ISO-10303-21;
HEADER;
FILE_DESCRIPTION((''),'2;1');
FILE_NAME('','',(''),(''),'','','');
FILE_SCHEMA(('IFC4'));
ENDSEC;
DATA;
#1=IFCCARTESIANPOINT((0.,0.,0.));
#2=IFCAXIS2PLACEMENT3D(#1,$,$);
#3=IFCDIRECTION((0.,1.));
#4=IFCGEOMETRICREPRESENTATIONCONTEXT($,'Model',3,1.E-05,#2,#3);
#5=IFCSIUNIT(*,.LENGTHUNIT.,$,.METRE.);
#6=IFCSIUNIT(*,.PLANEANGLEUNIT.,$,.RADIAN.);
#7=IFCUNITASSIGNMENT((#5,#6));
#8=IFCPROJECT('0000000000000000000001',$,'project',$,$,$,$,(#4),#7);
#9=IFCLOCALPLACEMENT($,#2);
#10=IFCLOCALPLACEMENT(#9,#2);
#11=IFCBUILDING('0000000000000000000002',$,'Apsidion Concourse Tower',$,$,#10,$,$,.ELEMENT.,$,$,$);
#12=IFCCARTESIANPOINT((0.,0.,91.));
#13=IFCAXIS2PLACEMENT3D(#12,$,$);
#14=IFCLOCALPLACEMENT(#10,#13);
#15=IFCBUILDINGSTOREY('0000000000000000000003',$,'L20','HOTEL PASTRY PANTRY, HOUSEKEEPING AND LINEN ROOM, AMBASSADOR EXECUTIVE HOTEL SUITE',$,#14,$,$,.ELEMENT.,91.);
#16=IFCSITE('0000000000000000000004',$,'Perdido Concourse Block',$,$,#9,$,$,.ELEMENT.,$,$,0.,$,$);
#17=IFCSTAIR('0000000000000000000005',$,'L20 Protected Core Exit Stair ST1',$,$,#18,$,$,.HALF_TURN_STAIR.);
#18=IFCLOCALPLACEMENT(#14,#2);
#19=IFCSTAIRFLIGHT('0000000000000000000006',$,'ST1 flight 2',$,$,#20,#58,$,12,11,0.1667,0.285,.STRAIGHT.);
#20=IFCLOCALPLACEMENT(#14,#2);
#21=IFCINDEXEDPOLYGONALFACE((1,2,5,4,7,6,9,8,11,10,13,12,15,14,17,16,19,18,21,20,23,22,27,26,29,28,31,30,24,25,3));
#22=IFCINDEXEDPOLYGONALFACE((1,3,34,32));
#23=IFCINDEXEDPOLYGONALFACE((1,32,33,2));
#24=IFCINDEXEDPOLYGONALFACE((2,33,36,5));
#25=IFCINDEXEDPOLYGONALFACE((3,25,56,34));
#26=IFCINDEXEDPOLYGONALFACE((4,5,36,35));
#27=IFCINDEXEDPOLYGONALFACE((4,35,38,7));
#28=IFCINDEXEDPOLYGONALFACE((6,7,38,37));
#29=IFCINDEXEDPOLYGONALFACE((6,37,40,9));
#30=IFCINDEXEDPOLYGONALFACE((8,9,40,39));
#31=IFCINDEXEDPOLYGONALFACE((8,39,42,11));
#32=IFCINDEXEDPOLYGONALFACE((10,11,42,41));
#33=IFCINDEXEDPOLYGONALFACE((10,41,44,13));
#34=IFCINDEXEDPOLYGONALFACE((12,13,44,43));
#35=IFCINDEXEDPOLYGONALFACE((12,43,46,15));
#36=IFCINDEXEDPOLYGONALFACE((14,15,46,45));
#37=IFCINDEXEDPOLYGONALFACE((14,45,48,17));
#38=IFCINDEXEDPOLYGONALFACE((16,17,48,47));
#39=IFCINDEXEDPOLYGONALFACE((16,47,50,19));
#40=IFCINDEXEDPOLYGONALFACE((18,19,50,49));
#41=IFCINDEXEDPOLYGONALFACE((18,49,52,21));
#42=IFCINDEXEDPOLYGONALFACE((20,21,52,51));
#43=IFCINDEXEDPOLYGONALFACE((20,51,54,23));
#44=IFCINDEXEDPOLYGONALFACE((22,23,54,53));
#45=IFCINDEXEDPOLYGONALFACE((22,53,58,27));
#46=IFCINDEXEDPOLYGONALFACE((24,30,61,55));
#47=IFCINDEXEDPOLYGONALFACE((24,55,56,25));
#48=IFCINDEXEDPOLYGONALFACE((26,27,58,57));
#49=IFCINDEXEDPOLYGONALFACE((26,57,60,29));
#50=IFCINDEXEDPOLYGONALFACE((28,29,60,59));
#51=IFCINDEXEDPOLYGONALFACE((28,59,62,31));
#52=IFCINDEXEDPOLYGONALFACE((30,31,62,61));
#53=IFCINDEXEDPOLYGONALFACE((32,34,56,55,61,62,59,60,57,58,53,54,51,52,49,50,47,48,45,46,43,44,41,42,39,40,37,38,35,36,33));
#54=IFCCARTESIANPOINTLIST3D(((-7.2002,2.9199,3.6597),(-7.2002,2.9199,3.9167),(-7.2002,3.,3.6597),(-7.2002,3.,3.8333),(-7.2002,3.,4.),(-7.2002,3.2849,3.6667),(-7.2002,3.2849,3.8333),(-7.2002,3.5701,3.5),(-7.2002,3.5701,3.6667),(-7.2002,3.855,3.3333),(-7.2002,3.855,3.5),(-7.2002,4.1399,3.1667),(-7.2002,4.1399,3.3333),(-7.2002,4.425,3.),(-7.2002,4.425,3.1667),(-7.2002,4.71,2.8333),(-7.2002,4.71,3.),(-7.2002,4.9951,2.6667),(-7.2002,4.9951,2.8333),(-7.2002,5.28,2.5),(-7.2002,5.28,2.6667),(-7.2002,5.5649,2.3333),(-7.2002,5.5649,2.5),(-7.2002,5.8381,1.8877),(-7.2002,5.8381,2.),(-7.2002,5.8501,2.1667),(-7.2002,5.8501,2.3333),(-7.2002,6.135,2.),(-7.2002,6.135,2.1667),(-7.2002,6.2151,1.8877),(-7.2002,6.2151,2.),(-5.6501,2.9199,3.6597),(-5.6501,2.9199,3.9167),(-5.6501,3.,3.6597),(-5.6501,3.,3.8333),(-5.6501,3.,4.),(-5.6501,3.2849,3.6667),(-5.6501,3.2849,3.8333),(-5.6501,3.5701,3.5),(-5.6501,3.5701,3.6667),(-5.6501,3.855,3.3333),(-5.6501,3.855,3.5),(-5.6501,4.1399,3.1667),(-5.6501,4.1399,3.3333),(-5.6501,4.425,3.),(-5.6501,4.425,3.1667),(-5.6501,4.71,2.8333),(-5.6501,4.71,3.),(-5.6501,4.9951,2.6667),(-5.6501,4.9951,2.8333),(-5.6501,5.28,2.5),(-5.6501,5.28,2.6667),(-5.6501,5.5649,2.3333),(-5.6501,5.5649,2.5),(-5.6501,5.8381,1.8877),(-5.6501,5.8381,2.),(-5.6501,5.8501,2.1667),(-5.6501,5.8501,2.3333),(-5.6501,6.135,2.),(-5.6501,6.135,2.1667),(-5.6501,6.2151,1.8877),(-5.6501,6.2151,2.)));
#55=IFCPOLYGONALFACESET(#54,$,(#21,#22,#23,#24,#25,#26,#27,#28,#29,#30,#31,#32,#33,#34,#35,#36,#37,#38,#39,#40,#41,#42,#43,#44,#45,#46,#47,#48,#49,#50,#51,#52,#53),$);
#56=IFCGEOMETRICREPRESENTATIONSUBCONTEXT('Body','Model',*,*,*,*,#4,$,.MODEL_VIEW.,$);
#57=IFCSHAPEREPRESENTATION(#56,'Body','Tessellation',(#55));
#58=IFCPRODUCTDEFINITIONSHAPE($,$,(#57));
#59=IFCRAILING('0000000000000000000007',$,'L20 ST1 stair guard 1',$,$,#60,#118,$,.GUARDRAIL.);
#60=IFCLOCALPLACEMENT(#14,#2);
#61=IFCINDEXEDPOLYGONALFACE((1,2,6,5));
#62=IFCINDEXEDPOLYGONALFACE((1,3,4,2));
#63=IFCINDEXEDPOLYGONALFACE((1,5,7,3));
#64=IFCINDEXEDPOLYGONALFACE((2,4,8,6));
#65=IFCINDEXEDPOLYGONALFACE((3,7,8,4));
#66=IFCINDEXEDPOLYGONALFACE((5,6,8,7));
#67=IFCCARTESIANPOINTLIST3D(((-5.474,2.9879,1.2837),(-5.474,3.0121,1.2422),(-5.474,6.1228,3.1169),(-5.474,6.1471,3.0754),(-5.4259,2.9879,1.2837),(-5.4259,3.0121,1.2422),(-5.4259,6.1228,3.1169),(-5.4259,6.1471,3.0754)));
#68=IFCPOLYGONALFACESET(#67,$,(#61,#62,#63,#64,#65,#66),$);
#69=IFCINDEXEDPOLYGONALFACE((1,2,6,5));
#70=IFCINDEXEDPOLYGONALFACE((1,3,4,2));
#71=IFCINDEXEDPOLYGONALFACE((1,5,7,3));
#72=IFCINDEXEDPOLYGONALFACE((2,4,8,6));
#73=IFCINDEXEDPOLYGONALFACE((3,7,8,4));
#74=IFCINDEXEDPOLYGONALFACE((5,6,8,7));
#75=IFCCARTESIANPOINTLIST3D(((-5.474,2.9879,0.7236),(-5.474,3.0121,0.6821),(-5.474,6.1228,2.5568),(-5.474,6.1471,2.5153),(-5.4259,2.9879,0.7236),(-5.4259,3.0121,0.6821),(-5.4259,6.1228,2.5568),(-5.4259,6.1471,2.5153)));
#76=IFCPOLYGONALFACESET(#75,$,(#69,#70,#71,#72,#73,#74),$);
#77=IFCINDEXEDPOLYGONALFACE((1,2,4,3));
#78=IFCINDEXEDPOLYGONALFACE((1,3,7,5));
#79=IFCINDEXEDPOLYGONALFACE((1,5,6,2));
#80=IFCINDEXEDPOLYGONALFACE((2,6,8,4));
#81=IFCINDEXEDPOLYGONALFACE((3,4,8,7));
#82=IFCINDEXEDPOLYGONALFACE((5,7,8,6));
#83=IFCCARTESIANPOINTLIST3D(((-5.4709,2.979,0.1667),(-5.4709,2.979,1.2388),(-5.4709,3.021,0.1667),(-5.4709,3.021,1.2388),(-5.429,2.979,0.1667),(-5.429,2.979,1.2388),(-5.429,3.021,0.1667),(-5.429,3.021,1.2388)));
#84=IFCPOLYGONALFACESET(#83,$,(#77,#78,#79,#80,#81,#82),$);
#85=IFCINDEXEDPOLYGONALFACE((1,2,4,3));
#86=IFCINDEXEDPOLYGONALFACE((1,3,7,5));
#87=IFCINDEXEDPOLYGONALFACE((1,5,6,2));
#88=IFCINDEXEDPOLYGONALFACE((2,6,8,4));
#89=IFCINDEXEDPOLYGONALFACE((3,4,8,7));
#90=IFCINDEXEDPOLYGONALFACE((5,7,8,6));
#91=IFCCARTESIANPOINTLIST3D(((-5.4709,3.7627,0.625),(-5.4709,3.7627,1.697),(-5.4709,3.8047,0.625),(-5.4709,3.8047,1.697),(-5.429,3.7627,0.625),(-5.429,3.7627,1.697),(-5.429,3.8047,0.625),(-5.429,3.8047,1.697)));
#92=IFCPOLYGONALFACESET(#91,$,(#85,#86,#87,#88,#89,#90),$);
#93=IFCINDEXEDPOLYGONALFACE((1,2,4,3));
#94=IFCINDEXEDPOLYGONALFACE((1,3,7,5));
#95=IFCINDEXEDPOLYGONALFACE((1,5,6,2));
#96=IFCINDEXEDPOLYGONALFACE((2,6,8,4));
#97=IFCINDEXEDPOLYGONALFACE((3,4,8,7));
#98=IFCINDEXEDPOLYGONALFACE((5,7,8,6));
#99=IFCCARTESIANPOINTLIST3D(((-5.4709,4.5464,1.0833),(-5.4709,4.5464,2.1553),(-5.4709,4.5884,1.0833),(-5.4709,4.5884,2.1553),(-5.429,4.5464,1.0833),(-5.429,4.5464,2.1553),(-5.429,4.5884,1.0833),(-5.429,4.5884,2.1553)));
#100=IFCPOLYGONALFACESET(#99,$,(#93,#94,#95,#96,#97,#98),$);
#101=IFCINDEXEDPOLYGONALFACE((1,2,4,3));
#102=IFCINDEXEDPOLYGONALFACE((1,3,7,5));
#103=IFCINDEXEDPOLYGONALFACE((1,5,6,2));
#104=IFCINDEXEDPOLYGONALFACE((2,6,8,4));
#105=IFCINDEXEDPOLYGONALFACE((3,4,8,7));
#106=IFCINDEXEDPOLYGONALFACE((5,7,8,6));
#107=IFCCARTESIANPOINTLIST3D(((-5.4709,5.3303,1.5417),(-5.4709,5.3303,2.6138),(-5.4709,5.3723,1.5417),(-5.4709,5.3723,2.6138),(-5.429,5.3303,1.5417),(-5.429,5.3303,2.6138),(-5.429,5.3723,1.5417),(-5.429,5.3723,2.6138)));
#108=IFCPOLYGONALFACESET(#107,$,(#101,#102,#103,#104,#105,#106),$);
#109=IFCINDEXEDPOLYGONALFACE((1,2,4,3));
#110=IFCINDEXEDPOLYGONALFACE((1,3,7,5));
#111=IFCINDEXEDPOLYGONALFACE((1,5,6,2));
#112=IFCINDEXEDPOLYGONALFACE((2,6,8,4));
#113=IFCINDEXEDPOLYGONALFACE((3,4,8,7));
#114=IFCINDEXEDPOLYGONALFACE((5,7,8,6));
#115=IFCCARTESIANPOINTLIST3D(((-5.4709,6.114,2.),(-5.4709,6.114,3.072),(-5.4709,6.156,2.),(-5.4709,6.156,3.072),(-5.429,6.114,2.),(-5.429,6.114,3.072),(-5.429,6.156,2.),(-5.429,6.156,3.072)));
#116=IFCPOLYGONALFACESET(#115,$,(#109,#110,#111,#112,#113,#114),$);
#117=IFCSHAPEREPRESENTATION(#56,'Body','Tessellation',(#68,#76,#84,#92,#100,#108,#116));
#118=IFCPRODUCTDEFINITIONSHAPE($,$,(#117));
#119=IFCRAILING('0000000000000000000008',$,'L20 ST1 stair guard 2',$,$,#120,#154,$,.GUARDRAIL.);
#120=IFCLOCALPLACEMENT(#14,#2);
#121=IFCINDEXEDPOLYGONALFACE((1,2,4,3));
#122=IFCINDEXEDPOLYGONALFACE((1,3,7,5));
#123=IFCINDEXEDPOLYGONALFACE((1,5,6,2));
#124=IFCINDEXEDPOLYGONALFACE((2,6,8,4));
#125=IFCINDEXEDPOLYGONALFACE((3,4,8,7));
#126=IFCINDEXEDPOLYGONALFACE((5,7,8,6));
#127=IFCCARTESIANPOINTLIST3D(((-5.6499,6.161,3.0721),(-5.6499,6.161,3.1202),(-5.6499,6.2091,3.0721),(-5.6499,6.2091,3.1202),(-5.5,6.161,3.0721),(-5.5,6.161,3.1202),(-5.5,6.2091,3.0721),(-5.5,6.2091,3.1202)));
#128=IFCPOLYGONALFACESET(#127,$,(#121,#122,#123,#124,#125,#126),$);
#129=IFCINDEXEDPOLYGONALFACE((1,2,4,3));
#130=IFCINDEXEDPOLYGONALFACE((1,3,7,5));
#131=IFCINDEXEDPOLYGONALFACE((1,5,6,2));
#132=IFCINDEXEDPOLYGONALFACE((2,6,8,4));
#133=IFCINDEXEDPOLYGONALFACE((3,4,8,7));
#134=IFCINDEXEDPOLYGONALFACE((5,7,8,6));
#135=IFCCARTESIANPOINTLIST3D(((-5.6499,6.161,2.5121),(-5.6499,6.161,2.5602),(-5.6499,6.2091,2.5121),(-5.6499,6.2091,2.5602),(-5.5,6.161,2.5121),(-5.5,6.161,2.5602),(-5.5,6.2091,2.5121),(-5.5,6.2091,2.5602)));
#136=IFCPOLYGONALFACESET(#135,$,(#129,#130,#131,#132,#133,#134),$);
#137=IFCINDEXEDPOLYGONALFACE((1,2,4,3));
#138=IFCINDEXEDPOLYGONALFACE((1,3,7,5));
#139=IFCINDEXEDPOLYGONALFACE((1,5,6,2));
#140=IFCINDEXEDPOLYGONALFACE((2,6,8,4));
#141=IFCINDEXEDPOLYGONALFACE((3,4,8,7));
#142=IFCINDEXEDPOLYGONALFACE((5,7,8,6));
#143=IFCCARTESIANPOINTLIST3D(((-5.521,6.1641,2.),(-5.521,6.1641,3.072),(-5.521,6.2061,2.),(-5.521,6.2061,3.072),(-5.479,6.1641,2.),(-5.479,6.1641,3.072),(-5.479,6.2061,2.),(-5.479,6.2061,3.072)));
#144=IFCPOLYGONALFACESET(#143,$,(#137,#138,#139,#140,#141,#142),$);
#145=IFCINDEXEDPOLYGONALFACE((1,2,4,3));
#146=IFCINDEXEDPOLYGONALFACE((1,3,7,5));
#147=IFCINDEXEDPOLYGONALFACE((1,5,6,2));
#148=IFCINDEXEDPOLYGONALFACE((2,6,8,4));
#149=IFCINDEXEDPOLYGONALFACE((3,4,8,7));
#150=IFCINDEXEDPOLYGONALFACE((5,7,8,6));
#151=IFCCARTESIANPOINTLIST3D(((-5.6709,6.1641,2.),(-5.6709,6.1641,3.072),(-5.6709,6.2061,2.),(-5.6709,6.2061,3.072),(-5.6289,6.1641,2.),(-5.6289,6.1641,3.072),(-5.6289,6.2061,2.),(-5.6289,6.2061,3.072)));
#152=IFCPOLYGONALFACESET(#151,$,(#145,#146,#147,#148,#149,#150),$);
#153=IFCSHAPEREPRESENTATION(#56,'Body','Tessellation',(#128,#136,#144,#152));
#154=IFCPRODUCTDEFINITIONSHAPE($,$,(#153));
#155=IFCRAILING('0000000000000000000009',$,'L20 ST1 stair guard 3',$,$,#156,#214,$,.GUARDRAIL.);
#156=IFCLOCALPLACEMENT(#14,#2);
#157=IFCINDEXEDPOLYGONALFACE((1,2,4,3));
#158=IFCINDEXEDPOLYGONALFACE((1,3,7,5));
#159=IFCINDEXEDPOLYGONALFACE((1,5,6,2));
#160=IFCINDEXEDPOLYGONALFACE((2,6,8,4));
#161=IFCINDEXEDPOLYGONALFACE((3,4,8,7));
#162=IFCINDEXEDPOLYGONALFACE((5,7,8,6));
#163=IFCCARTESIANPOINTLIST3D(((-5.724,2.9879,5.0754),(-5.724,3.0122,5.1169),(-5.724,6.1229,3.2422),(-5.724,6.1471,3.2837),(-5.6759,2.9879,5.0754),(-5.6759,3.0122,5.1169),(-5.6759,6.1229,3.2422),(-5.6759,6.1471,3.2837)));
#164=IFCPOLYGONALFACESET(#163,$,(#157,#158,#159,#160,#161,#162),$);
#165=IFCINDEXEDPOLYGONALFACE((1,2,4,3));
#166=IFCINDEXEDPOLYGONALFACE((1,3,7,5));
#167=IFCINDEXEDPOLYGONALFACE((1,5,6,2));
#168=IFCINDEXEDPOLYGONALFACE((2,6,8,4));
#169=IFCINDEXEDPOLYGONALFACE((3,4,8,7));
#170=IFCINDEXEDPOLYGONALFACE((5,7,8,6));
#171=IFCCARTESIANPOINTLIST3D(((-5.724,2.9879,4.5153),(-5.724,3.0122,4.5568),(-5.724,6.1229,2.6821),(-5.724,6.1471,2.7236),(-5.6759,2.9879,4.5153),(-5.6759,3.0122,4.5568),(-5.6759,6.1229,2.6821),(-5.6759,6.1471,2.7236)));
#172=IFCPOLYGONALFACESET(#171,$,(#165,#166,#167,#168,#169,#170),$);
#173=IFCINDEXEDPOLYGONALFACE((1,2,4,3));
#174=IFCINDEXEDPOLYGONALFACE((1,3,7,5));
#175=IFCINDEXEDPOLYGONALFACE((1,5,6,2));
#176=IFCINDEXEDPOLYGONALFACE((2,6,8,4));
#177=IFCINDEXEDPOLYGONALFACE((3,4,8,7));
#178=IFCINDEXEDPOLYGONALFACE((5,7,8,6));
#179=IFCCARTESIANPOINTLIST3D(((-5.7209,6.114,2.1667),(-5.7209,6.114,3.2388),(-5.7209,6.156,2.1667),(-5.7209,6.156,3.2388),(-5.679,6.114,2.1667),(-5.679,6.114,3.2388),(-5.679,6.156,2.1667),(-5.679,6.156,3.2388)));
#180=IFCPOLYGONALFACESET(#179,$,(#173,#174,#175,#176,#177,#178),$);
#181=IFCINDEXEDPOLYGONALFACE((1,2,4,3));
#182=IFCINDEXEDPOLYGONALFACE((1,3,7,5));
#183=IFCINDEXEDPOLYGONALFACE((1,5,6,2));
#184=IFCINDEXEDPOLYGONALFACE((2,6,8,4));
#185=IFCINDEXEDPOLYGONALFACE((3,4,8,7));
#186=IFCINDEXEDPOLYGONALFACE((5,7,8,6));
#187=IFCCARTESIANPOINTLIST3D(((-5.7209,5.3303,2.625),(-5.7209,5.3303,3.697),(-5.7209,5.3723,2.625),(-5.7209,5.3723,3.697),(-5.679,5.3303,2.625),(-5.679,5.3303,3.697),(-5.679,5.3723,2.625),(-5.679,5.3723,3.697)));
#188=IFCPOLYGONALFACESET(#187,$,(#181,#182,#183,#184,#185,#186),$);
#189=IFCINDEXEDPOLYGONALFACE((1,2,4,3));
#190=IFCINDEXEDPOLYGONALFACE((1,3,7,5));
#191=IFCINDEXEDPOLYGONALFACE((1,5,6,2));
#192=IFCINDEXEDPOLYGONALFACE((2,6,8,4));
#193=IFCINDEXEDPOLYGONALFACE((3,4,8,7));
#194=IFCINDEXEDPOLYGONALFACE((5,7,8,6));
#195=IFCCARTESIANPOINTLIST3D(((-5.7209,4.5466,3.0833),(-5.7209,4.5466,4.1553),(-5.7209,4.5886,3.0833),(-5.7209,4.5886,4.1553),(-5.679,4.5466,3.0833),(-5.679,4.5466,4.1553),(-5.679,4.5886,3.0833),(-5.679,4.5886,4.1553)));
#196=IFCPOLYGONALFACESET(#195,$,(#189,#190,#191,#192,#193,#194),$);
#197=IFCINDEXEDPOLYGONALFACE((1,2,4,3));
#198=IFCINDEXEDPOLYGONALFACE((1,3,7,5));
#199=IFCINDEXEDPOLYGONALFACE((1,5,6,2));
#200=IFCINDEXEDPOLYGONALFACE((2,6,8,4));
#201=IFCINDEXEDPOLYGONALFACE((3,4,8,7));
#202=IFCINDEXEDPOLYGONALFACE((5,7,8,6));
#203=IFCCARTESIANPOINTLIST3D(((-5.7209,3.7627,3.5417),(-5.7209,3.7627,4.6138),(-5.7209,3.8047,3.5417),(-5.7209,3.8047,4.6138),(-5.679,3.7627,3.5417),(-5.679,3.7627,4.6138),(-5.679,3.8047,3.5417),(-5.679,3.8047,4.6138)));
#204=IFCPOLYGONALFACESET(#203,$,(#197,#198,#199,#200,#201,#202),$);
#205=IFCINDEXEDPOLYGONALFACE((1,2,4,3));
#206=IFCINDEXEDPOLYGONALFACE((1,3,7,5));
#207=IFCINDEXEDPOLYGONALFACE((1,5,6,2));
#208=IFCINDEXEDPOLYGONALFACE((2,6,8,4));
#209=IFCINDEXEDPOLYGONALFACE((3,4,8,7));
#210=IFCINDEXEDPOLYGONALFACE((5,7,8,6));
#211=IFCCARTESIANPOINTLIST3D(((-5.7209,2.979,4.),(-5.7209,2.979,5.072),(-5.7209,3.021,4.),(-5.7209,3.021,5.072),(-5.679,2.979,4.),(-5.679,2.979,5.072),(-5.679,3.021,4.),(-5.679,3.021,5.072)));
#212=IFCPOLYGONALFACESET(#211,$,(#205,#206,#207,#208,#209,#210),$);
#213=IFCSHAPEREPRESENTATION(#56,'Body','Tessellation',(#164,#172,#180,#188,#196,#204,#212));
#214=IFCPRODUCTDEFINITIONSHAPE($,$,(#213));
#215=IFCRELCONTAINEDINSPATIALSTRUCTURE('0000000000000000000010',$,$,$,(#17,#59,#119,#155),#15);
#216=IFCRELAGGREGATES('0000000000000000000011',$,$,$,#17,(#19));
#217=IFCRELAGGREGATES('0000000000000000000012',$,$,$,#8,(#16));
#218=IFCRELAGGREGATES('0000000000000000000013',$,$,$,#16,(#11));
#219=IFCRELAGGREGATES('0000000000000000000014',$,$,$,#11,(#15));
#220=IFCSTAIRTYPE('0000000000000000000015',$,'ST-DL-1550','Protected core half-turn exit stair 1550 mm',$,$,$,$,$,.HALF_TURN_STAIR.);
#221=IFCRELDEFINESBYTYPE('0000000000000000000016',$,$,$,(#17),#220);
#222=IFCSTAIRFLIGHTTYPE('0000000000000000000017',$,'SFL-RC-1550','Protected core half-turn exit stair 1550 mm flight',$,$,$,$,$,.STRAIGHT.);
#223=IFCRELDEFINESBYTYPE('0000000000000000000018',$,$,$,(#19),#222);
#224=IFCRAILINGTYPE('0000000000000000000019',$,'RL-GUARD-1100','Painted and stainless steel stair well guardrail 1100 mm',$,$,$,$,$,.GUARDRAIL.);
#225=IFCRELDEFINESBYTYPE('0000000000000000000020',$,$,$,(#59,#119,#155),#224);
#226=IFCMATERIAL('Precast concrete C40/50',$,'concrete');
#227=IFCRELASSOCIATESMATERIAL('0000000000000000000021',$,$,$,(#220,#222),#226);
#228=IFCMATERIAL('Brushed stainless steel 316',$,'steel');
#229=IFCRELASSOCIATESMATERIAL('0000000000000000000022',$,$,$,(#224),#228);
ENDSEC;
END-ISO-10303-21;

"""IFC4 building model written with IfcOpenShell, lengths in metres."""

from ifc_helpers import new_model, si_unit, direction, frame, origin, origin_2d, place, context, subcontext, project, spatial, polyline, rectangle, outline, extrude, material, type_object, element, aggregate, save


model = new_model("IFC4")

# Units and contexts
model_context = context("Model", 3, precision=1e-05, world=origin(), true_north=direction((0.0, 1.0)))
body_context = subcontext(model_context, "Body", "Model", "MODEL_VIEW")
ifc_project = project(units=[si_unit("LENGTHUNIT", "METRE"), si_unit("PLANEANGLEUNIT", "RADIAN")], contexts=[model_context])

# Site, building, storey
site_placement = place(None, origin())
site = spatial("IfcSite", under=ifc_project, at=site_placement, Name="Perdido Concourse Block", CompositionType="ELEMENT", RefElevation=0.0)
building_placement = place(site_placement, origin())
building = spatial("IfcBuilding", under=site, at=building_placement, Name="Apsidion Concourse Tower", CompositionType="ELEMENT")
storey_placement = place(building_placement, frame((0.0, 0.0, 91.0)))
storey = spatial("IfcBuildingStorey", under=building, at=storey_placement, Name="L20", Description="HOTEL PASTRY PANTRY, HOUSEKEEPING AND LINEN ROOM, AMBASSADOR EXECUTIVE HOTEL SUITE", CompositionType="ELEMENT", Elevation=91.0)

# Shared definitions
ifc_material_1 = material(Name="Brushed stainless steel 316", Category="steel")

# Stair, stair flight
ifc_material_2 = material(Name="Precast concrete C40/50", Category="concrete")
stair_type = type_object("IfcStairType", Name="ST-DL-1550", Description="Protected core half-turn exit stair 1550 mm", PredefinedType="HALF_TURN_STAIR", material=ifc_material_2)
stair_placement = place(storey_placement, origin())
stair = element("IfcStair", 1, at=stair_placement, inside=storey, type_object=stair_type, Name="L20 Protected Core Exit Stair ST1", PredefinedType="HALF_TURN_STAIR")
stair_flight_type = type_object("IfcStairFlightType", Name="SFL-RC-1550", Description="Protected core half-turn exit stair 1550 mm flight", PredefinedType="STRAIGHT", material=ifc_material_2)
stair_flight_1_placement = place(storey_placement, frame((-6.425, 6.135, 2.0), z_axis=(0.0, 0.0, 1.0), x_axis=(0.0, -1.0, 0.0)))
stair_flight_1 = element("IfcStairFlight", 2, at=stair_flight_1_placement, type_object=stair_flight_type, Name="ST1 flight 2", NumberOfRisers=12, NumberOfTreads=11, PredefinedType="STRAIGHT", RiserHeight=0.1667, TreadLength=0.285, context=body_context, shape_type="SweptSolid", body=[
    extrude(outline(polyline([(-0.0801, -0.1123), (-0.0801, 0.0), (0.0, 0.0), (0.0, 0.1667), (0.2849, 0.1667), (0.2849, 0.3333), (0.5701, 0.3333), (0.5701, 0.5), (0.855, 0.5), (0.855, 0.6667), (1.1399, 0.6667), (1.1399, 0.8333), (1.425, 0.8333), (1.425, 1.0), (1.71, 1.0), (1.71, 1.1667), (1.9951, 1.1667), (1.9951, 1.3333), (2.28, 1.3333), (2.28, 1.5), (2.5649, 1.5), (2.5649, 1.6667), (2.8501, 1.6667), (2.8501, 1.8333), (3.135, 1.8333), (3.135, 2.0), (3.2151, 1.9167), (3.2151, 1.6597), (3.135, 1.6597), (0.2969, 0.0), (0.2969, -0.1123), (-0.0801, -0.1123)])), frame((0.0, 0.7749, 0.0), z_axis=(0.0, -1.0, 0.0), x_axis=(1.0, 0.0, 0.0)), (0.0, 0.0, 1.0), 1.55),
])
aggregate(stair, [stair_flight_1])

# Railings
railing_type_1 = type_object("IfcRailingType", Name="RL-GUARD-1100", Description="Painted and stainless steel stair well guardrail 1100 mm", PredefinedType="GUARDRAIL", material=ifc_material_1)
railing_1_placement = place(storey_placement, frame((-5.45, 3.0, 0.1667)))
element("IfcRailing", 3, at=railing_1_placement, inside=storey, type_object=railing_type_1, Name="L20 ST1 stair guard 1", PredefinedType="GUARDRAIL", context=body_context, shape_type="SweptSolid", body=[
    extrude(rectangle(XDim=0.0481, YDim=0.0481, at=origin_2d()), frame((0.0, 0.0, 1.0962), z_axis=(0.0, 0.86324, 0.504794), x_axis=(-1.0, 0.0, 0.0)), (0.0, 0.0, 1.0), 3.6316),
    extrude(rectangle(XDim=0.0481, YDim=0.0481, at=origin_2d()), frame((0.0, 0.0, 0.5361), z_axis=(0.0, 0.86324, 0.504794), x_axis=(-1.0, 0.0, 0.0)), (0.0, 0.0, 1.0), 3.6316),
    extrude(rectangle(XDim=0.042, YDim=0.042, at=origin_2d()), origin(), (0.0, 0.0, 1.0), 1.072),
    extrude(rectangle(XDim=0.042, YDim=0.042, at=origin_2d()), frame((0.0, 0.7837, 0.4583)), (0.0, 0.0, 1.0), 1.072),
    extrude(rectangle(XDim=0.042, YDim=0.042, at=origin_2d()), frame((0.0, 1.5674, 0.9165)), (0.0, 0.0, 1.0), 1.072),
    extrude(rectangle(XDim=0.042, YDim=0.042, at=origin_2d()), frame((0.0, 2.3513, 1.375)), (0.0, 0.0, 1.0), 1.072),
    extrude(rectangle(XDim=0.042, YDim=0.042, at=origin_2d()), frame((0.0, 3.135, 1.8333)), (0.0, 0.0, 1.0), 1.072),
])
railing_2_placement = place(storey_placement, frame((-5.5, 6.1851, 2.0)))
element("IfcRailing", 4, at=railing_2_placement, inside=storey, type_object=railing_type_1, Name="L20 ST1 stair guard 2", PredefinedType="GUARDRAIL", context=body_context, shape_type="SweptSolid", body=[
    extrude(rectangle(XDim=0.0481, YDim=0.0481, at=origin_2d()), frame((0.0, 0.0, 1.0962), z_axis=(-1.0, 0.0, 0.0), x_axis=(0.0, -1.0, 0.0)), (0.0, 0.0, 1.0), 0.1499),
    extrude(rectangle(XDim=0.0481, YDim=0.0481, at=origin_2d()), frame((0.0, 0.0, 0.5361), z_axis=(-1.0, 0.0, 0.0), x_axis=(0.0, -1.0, 0.0)), (0.0, 0.0, 1.0), 0.1499),
    extrude(rectangle(XDim=0.042, YDim=0.042, at=origin_2d()), origin(), (0.0, 0.0, 1.0), 1.072),
    extrude(rectangle(XDim=0.042, YDim=0.042, at=origin_2d()), frame((-0.1499, 0.0, 0.0)), (0.0, 0.0, 1.0), 1.072),
])
railing_3_placement = place(storey_placement, frame((-5.7, 6.135, 2.1667)))
element("IfcRailing", 5, at=railing_3_placement, inside=storey, type_object=railing_type_1, Name="L20 ST1 stair guard 3", PredefinedType="GUARDRAIL", context=body_context, shape_type="SweptSolid", body=[
    extrude(rectangle(XDim=0.0481, YDim=0.0481, at=origin_2d()), frame((0.0, 0.0, 1.0962), z_axis=(0.0, -0.86324, 0.504794), x_axis=(1.0, 0.0, 0.0)), (0.0, 0.0, 1.0), 3.6316),
    extrude(rectangle(XDim=0.0481, YDim=0.0481, at=origin_2d()), frame((0.0, 0.0, 0.5361), z_axis=(0.0, -0.86324, 0.504794), x_axis=(1.0, 0.0, 0.0)), (0.0, 0.0, 1.0), 3.6316),
    extrude(rectangle(XDim=0.042, YDim=0.042, at=origin_2d()), origin(), (0.0, 0.0, 1.0), 1.072),
    extrude(rectangle(XDim=0.042, YDim=0.042, at=origin_2d()), frame((0.0, -0.7837, 0.4583)), (0.0, 0.0, 1.0), 1.072),
    extrude(rectangle(XDim=0.042, YDim=0.042, at=origin_2d()), frame((0.0, -1.5674, 0.9165)), (0.0, 0.0, 1.0), 1.072),
    extrude(rectangle(XDim=0.042, YDim=0.042, at=origin_2d()), frame((0.0, -2.3513, 1.375)), (0.0, 0.0, 1.0), 1.072),
    extrude(rectangle(XDim=0.042, YDim=0.042, at=origin_2d()), frame((0.0, -3.135, 1.8333)), (0.0, 0.0, 1.0), 1.072),
])

save(model, "model.ifc")
